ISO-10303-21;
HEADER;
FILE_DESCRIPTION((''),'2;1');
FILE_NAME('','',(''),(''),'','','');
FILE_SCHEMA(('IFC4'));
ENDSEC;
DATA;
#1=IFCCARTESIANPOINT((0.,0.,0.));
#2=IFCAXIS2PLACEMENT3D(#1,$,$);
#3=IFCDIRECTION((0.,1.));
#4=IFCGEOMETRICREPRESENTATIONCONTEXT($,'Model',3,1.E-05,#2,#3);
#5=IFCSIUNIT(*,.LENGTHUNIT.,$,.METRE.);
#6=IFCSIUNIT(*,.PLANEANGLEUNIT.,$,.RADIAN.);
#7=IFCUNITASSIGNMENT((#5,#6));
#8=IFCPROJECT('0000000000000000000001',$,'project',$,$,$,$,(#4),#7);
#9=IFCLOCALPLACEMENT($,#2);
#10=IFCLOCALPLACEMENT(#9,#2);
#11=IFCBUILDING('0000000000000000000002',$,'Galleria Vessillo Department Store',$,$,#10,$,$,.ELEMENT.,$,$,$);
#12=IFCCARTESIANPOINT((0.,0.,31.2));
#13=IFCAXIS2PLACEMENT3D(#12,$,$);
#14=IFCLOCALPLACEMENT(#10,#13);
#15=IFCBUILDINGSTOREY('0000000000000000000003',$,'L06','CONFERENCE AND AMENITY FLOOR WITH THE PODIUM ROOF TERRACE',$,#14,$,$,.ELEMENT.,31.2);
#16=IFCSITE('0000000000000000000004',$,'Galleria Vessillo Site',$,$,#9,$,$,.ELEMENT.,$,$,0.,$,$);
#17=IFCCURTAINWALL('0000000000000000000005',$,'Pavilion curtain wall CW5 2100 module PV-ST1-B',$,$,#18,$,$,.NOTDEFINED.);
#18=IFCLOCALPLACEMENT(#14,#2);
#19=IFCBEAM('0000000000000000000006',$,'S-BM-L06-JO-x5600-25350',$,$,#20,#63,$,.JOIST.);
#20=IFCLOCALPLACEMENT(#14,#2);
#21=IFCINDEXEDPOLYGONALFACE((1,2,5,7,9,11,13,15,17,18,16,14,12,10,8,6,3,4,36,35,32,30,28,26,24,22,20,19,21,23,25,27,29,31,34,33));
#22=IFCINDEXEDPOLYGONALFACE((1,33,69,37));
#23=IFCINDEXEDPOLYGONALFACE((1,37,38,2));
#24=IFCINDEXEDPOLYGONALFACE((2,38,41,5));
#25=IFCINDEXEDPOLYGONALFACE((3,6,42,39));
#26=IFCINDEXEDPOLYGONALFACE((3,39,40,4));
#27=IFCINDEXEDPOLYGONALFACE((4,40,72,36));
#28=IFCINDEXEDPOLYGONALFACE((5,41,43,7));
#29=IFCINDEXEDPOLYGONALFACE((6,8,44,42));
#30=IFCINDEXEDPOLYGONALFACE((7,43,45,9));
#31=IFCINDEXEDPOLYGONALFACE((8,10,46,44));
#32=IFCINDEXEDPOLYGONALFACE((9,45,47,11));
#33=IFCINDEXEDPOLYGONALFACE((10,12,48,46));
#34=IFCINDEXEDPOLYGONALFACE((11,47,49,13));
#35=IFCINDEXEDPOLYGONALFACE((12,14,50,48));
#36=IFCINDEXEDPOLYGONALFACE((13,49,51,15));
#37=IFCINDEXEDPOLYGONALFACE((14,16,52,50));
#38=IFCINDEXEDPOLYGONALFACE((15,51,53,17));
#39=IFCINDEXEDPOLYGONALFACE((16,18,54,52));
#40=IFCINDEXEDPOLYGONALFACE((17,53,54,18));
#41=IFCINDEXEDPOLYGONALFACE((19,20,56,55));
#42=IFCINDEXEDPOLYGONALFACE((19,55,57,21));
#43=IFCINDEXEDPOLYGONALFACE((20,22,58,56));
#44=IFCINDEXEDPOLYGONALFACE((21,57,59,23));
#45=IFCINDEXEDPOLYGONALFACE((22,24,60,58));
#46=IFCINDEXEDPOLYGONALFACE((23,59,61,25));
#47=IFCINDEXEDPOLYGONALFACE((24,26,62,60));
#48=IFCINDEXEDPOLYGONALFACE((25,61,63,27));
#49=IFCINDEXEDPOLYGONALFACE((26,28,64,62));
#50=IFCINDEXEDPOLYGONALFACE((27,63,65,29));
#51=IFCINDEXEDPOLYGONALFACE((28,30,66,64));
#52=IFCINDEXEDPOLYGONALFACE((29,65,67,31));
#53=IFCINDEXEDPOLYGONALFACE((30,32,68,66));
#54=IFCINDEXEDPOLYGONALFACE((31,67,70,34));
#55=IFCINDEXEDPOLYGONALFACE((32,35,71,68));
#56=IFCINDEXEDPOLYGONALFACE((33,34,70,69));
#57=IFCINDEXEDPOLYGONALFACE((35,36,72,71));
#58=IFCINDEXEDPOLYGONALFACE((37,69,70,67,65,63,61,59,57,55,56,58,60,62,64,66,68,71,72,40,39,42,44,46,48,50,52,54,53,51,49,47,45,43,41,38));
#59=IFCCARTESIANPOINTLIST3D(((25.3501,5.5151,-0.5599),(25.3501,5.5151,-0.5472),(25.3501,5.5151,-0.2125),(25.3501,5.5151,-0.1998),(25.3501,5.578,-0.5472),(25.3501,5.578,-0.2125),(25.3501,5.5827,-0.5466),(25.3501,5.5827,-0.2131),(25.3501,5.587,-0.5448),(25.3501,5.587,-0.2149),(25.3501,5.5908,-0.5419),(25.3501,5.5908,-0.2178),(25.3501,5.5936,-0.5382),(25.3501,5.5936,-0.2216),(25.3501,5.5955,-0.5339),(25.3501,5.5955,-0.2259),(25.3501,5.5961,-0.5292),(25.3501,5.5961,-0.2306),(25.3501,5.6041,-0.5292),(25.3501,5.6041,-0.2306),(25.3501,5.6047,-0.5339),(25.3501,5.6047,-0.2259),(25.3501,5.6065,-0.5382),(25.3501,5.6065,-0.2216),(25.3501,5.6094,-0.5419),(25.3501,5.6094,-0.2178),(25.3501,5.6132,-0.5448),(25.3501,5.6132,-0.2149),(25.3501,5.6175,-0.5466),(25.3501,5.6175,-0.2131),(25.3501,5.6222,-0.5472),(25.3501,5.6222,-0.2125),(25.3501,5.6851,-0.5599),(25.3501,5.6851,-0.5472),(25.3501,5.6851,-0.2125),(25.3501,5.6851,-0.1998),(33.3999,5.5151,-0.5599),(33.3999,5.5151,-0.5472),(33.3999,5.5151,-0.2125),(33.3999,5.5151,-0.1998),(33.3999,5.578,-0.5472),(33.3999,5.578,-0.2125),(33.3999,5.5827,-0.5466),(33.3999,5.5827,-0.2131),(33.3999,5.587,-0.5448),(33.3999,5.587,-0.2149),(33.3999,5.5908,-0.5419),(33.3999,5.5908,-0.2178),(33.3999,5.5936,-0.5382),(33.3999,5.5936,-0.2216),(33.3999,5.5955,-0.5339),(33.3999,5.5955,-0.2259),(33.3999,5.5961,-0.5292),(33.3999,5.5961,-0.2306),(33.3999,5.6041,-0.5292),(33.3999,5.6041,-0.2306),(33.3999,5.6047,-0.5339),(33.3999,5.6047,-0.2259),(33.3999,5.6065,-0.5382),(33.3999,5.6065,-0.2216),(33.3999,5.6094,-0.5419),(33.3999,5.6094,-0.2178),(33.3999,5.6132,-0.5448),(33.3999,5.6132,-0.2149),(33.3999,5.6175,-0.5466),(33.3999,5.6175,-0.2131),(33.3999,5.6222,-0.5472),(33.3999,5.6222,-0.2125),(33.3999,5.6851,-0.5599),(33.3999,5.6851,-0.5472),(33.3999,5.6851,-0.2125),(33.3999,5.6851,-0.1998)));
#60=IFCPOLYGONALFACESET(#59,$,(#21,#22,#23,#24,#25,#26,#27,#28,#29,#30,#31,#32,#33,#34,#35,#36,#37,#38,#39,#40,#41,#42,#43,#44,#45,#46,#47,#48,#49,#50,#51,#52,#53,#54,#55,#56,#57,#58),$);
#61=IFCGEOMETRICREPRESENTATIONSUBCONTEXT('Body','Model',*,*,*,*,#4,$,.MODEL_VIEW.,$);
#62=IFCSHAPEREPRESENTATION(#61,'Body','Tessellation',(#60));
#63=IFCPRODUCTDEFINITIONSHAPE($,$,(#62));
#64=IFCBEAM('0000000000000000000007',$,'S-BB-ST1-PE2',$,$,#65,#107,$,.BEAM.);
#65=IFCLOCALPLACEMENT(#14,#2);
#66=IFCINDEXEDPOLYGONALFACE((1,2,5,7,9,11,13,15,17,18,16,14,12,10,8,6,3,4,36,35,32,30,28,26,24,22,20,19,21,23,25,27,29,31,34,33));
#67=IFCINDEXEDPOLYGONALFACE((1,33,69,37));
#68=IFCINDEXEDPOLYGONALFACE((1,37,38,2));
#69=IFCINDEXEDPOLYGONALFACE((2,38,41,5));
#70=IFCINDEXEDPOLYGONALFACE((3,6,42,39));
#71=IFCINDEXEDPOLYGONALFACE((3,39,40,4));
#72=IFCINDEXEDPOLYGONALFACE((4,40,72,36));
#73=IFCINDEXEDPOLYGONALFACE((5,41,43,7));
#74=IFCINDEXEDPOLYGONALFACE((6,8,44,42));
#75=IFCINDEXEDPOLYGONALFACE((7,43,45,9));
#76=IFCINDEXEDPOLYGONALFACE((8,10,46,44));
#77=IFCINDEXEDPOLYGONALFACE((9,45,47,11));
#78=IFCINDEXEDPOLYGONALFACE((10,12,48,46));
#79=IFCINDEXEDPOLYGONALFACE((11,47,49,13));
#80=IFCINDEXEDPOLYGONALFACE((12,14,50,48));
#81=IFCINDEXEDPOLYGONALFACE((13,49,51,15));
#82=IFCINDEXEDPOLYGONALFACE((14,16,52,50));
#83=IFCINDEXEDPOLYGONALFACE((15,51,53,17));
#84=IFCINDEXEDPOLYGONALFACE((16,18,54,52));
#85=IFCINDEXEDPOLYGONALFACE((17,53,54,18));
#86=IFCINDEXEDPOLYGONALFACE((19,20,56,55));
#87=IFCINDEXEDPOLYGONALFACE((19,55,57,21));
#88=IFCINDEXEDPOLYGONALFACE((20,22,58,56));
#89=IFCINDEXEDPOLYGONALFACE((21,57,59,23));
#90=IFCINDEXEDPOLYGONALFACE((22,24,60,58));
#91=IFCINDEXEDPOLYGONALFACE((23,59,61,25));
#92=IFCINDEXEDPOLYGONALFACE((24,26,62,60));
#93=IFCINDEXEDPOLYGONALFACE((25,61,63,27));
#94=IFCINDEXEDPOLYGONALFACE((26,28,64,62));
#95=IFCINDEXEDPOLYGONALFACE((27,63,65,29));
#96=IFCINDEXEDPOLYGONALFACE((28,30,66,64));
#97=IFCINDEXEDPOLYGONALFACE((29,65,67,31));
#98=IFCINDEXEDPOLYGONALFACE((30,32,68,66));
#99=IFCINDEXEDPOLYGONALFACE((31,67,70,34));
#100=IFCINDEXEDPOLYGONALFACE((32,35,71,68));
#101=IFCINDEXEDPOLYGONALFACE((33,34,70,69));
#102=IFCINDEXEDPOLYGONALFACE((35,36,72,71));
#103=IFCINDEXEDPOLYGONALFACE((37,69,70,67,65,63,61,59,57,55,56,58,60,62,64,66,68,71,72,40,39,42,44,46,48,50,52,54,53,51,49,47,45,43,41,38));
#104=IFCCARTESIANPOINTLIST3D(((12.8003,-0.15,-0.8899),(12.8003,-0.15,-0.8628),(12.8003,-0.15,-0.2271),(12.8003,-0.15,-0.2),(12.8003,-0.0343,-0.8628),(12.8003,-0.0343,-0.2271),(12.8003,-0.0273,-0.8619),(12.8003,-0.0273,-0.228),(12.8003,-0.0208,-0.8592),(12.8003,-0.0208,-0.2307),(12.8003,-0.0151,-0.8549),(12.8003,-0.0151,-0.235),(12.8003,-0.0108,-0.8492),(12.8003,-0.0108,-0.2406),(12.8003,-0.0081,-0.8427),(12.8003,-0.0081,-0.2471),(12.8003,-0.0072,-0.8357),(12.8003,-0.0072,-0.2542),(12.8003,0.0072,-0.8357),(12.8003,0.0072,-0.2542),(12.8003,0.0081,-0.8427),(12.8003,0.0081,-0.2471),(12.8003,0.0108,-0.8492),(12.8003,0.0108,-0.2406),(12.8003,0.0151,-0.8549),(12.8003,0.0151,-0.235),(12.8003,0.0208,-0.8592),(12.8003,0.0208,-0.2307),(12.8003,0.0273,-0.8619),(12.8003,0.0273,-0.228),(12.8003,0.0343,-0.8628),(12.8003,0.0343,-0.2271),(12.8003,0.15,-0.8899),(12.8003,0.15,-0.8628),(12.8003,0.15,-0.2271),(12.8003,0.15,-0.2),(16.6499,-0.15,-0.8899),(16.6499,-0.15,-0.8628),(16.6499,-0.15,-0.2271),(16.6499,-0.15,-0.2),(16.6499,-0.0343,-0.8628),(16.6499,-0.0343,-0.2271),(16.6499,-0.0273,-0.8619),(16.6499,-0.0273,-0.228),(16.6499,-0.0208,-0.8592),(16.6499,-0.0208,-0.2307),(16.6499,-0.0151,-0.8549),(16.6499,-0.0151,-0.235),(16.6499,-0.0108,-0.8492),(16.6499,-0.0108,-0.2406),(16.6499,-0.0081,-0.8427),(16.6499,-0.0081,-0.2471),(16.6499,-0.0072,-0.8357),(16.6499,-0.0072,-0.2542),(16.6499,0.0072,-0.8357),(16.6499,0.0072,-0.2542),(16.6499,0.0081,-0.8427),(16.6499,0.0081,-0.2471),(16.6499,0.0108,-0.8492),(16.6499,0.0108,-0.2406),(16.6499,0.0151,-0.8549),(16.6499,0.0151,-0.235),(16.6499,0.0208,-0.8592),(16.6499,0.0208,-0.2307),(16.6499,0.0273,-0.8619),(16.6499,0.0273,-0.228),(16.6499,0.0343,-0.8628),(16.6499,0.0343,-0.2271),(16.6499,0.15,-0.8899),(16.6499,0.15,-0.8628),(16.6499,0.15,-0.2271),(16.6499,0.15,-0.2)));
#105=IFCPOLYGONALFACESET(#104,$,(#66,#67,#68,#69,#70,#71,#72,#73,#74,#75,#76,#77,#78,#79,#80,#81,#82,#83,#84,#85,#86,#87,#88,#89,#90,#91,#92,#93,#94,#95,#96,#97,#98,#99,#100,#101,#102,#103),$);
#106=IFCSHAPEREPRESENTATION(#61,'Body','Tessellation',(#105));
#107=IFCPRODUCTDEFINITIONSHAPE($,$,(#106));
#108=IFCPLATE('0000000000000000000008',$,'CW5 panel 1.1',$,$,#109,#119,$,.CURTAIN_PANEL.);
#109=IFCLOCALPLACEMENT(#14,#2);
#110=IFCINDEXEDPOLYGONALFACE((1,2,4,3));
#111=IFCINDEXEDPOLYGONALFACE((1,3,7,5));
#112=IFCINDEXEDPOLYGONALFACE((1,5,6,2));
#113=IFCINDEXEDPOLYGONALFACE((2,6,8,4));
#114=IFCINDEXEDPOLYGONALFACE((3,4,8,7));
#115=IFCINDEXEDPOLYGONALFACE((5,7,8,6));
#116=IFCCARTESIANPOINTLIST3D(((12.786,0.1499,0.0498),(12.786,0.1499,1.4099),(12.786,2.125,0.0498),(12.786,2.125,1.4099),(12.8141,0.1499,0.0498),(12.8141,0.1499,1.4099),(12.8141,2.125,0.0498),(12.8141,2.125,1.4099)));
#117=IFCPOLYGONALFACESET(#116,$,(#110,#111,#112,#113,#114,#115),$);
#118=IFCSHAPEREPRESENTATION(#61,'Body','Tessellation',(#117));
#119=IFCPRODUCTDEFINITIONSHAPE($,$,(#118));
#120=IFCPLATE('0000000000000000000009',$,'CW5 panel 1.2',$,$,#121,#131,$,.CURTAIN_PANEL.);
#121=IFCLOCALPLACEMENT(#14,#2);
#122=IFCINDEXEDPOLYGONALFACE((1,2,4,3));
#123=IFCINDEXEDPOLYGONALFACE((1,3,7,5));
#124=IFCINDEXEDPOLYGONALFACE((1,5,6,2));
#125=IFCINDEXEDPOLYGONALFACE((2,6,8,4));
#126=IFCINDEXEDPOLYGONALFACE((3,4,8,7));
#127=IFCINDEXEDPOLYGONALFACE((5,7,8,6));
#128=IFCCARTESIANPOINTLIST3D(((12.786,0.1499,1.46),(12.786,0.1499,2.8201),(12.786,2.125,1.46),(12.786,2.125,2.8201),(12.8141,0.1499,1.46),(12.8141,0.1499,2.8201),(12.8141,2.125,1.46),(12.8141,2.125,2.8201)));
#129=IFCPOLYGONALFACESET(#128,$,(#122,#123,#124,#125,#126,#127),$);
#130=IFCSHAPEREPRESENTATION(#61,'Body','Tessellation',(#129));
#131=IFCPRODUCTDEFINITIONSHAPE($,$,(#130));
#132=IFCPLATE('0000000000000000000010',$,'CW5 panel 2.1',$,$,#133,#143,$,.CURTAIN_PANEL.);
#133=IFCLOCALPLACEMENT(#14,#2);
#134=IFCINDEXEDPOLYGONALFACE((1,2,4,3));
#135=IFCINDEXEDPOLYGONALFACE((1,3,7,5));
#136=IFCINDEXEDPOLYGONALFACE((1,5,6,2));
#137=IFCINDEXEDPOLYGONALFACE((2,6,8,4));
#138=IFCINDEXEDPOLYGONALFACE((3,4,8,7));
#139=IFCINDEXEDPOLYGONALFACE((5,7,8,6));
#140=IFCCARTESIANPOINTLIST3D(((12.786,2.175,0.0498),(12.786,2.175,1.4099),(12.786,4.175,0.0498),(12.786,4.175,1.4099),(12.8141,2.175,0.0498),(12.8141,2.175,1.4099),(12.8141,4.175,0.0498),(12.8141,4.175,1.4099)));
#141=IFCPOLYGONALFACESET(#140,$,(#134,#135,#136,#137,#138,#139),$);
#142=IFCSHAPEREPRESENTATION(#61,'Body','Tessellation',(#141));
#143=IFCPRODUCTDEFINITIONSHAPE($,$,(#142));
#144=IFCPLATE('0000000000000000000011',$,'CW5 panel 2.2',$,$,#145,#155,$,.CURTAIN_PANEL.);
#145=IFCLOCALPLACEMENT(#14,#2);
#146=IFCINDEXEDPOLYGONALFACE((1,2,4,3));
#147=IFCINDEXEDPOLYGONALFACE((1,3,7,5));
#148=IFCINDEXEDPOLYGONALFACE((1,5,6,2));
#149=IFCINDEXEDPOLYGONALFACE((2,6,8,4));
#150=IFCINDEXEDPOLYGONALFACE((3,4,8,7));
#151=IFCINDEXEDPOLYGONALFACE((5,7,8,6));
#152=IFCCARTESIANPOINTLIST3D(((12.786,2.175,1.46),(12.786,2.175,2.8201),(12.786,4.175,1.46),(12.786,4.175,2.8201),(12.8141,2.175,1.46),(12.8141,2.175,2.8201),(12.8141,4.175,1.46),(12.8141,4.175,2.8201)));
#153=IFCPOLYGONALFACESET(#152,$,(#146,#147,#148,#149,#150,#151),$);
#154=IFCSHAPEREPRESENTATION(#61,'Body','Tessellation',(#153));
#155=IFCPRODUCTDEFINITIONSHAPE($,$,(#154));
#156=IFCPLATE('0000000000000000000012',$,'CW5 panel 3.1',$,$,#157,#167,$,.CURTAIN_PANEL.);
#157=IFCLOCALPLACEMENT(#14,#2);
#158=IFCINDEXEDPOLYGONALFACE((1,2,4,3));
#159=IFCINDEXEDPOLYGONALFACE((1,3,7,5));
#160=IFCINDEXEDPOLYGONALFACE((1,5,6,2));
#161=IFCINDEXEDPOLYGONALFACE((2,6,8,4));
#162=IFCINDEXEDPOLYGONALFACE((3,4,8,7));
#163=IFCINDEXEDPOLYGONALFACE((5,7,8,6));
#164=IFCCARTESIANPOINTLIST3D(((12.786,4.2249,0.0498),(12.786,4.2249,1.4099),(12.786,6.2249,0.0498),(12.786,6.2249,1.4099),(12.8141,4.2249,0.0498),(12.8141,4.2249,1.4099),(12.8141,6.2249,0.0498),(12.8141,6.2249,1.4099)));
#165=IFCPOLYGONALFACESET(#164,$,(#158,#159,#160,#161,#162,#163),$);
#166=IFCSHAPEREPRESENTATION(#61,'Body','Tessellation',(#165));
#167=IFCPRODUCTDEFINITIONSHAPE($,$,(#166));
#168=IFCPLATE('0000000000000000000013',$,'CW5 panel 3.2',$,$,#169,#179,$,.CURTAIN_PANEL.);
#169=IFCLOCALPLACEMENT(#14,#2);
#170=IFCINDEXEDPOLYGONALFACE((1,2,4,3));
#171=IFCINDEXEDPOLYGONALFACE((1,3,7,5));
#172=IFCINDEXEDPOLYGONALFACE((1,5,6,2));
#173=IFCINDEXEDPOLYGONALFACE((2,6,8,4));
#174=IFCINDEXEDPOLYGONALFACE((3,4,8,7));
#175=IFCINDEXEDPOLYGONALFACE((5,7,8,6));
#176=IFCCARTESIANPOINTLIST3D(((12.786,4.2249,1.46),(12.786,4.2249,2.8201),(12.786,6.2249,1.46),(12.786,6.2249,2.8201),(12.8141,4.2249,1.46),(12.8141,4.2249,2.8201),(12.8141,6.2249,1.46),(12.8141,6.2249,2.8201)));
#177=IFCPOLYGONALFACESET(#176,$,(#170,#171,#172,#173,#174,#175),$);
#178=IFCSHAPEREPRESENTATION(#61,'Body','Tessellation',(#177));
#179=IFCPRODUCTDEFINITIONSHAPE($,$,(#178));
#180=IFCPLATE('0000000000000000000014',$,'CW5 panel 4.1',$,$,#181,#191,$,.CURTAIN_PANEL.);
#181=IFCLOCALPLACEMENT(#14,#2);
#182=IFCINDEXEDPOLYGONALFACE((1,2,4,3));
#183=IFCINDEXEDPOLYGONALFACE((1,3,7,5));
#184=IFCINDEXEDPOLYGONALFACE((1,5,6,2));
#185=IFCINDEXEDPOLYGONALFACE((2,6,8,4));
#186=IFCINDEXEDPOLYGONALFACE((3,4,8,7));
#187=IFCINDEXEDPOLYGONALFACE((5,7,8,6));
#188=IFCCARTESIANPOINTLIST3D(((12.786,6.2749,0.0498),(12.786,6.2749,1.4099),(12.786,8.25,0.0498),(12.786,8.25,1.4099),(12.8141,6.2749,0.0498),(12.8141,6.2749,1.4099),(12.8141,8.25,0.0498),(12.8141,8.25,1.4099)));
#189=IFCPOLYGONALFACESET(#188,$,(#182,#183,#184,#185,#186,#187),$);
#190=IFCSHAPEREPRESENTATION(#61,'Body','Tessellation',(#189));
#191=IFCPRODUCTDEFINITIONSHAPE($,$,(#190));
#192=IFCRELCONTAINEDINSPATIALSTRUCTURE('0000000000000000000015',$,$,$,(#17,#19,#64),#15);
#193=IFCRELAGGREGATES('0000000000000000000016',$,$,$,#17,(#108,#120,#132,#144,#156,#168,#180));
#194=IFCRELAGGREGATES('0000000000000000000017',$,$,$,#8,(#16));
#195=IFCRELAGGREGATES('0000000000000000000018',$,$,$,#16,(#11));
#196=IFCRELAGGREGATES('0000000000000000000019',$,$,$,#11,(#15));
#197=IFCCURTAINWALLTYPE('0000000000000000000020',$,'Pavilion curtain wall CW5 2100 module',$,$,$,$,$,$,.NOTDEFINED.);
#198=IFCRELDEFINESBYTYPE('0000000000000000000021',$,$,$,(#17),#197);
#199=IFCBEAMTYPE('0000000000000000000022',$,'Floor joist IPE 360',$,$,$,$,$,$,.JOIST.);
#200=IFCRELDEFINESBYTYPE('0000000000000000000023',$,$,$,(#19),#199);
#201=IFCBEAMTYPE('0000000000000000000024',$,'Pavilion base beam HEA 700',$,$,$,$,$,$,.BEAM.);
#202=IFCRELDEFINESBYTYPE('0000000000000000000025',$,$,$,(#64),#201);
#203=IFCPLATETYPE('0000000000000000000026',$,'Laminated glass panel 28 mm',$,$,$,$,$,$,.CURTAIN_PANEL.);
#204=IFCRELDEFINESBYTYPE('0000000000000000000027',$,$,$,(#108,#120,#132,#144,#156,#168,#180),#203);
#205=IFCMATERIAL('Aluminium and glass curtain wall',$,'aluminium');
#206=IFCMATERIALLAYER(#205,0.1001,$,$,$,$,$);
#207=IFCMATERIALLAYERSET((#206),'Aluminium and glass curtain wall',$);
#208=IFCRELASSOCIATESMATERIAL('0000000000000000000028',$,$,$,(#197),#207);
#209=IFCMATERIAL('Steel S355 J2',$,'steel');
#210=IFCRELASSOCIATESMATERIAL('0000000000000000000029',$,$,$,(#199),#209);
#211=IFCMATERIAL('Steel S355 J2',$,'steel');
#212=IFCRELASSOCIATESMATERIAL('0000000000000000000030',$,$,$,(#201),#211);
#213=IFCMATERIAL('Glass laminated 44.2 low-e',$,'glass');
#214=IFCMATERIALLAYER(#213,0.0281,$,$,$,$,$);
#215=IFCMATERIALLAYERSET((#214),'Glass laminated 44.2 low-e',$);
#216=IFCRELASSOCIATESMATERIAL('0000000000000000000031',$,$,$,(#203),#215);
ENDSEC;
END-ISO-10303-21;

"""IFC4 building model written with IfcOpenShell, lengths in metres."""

from ifc_helpers import new_model, si_unit, direction, frame, origin, origin_2d, place, context, subcontext, project, spatial, rectangle, i_section, extrude, material, layer, layer_set, material_profile, profile_set, type_object, element, aggregate, save


model = new_model("IFC4")

# Units and contexts
model_context = context("Model", 3, precision=1e-05, world=origin(), true_north=direction((0.0, 1.0)))
body_context = subcontext(model_context, "Body", "Model", "MODEL_VIEW")
ifc_project = project(units=[si_unit("LENGTHUNIT", "METRE"), si_unit("PLANEANGLEUNIT", "RADIAN")], contexts=[model_context])

# Site, building, storey
site_placement = place(None, origin())
site = spatial("IfcSite", under=ifc_project, at=site_placement, Name="Galleria Vessillo Site", CompositionType="ELEMENT", RefElevation=0.0)
building_placement = place(site_placement, origin())
building = spatial("IfcBuilding", under=site, at=building_placement, Name="Galleria Vessillo Department Store", CompositionType="ELEMENT")
storey_placement = place(building_placement, frame((0.0, 0.0, 31.2)))
storey = spatial("IfcBuildingStorey", under=building, at=storey_placement, Name="L06", Description="CONFERENCE AND AMENITY FLOOR WITH THE PODIUM ROOF TERRACE", CompositionType="ELEMENT", Elevation=31.2)

# Curtain wall
ifc_material_1 = material(Name="Aluminium and glass curtain wall", Category="aluminium")
ifc_layer_1 = layer(ifc_material_1, 0.1001)
ifc_layer_set_1 = layer_set([ifc_layer_1], Name="Aluminium and glass curtain wall")
curtain_wall_type = type_object("IfcCurtainWallType", Name="Pavilion curtain wall CW5 2100 module", PredefinedType="NOTDEFINED", material=ifc_layer_set_1)
curtain_wall_placement = place(storey_placement, origin())
curtain_wall = element("IfcCurtainWall", 1, at=curtain_wall_placement, inside=storey, type_object=curtain_wall_type, Name="Pavilion curtain wall CW5 2100 module PV-ST1-B", PredefinedType="NOTDEFINED")

# Beams
ifc_material_2 = material(Name="Steel S355 J2", Category="steel")
ifc_material_profile_1 = material_profile(ifc_material_2, i_section(OverallWidth=0.1699, OverallDepth=0.3601, WebThickness=0.0081, FlangeThickness=0.0127, FilletRadius=0.0181, at=origin_2d()), Name="IPE 360")
ifc_profile_set_1 = profile_set([ifc_material_profile_1], Name="Steel S355 J2")
beam_type_1 = type_object("IfcBeamType", Name="Floor joist IPE 360", PredefinedType="JOIST", material=ifc_profile_set_1)
for number, where, z_axis, x_axis, name in (
    (2, (25.3501, 5.6001, -0.3799), (1.0, 0.0, 0.0), (0.0, 1.0, 0.0), "S-BM-L06-JO-x5600-25350"),
):
    element("IfcBeam", number, at=place(storey_placement, frame(where, z_axis=z_axis, x_axis=x_axis)), inside=storey, type_object=beam_type_1, Name=name, PredefinedType="JOIST", context=body_context, shape_type="SweptSolid", body=[
        extrude(i_section(OverallWidth=0.1699, OverallDepth=0.3601, WebThickness=0.0081, FlangeThickness=0.0127, FilletRadius=0.0181, at=origin_2d()), origin(), (0.0, 0.0, 1.0), 8.0498),
    ])
ifc_material_3 = material(Name="Steel S355 J2", Category="steel")
ifc_material_profile_2 = material_profile(ifc_material_3, i_section(OverallWidth=0.3, OverallDepth=0.6899, WebThickness=0.0144, FlangeThickness=0.0271, FilletRadius=0.0271, at=origin_2d()), Name="HEA 700")
ifc_profile_set_2 = profile_set([ifc_material_profile_2], Name="Steel S355 J2")
beam_type_2 = type_object("IfcBeamType", Name="Pavilion base beam HEA 700", PredefinedType="BEAM", material=ifc_profile_set_2)
beam_1_placement = place(storey_placement, frame((12.8003, 0.0, -0.5449), z_axis=(1.0, 0.0, 0.0), x_axis=(0.0, 1.0, 0.0)))
element("IfcBeam", 3, at=beam_1_placement, inside=storey, type_object=beam_type_2, Name="S-BB-ST1-PE2", PredefinedType="BEAM", context=body_context, shape_type="SweptSolid", body=[
    extrude(i_section(OverallWidth=0.3, OverallDepth=0.6899, WebThickness=0.0144, FlangeThickness=0.0271, FilletRadius=0.0271, at=origin_2d()), origin(), (0.0, 0.0, 1.0), 3.8496),
])

# Plates
ifc_material_4 = material(Name="Glass laminated 44.2 low-e", Category="glass")
ifc_layer_2 = layer(ifc_material_4, 0.0281)
ifc_layer_set_2 = layer_set([ifc_layer_2], Name="Glass laminated 44.2 low-e")
plate_type = type_object("IfcPlateType", Name="Laminated glass panel 28 mm", PredefinedType="CURTAIN_PANEL", material=ifc_layer_set_2)
plate_1_placement = place(storey_placement, frame((12.8, 1.1375, 0.0498), z_axis=(0.0, 0.0, 1.0), x_axis=(0.0, 1.0, 0.0)))
plate_1 = element("IfcPlate", 4, at=plate_1_placement, type_object=plate_type, Name="CW5 panel 1.1", PredefinedType="CURTAIN_PANEL", context=body_context, shape_type="SweptSolid", body=[
    extrude(rectangle(XDim=1.9751, YDim=0.0281, at=origin_2d()), origin(), (0.0, 0.0, 1.0), 1.3601),
])
plate_2_placement = place(storey_placement, frame((12.8, 1.1375, 1.46), z_axis=(0.0, 0.0, 1.0), x_axis=(0.0, 1.0, 0.0)))
plate_2 = element("IfcPlate", 5, at=plate_2_placement, type_object=plate_type, Name="CW5 panel 1.2", PredefinedType="CURTAIN_PANEL", context=body_context, shape_type="SweptSolid", body=[
    extrude(rectangle(XDim=1.9751, YDim=0.0281, at=origin_2d()), origin(), (0.0, 0.0, 1.0), 1.3601),
])
plate_3_placement = place(storey_placement, frame((12.8, 3.175, 0.0498), z_axis=(0.0, 0.0, 1.0), x_axis=(0.0, 1.0, 0.0)))
plate_3 = element("IfcPlate", 6, at=plate_3_placement, type_object=plate_type, Name="CW5 panel 2.1", PredefinedType="CURTAIN_PANEL", context=body_context, shape_type="SweptSolid", body=[
    extrude(rectangle(XDim=2.0, YDim=0.0281, at=origin_2d()), origin(), (0.0, 0.0, 1.0), 1.3601),
])
plate_4_placement = place(storey_placement, frame((12.8, 3.175, 1.46), z_axis=(0.0, 0.0, 1.0), x_axis=(0.0, 1.0, 0.0)))
plate_4 = element("IfcPlate", 7, at=plate_4_placement, type_object=plate_type, Name="CW5 panel 2.2", PredefinedType="CURTAIN_PANEL", context=body_context, shape_type="SweptSolid", body=[
    extrude(rectangle(XDim=2.0, YDim=0.0281, at=origin_2d()), origin(), (0.0, 0.0, 1.0), 1.3601),
])
plate_5_placement = place(storey_placement, frame((12.8, 5.2249, 0.0498), z_axis=(0.0, 0.0, 1.0), x_axis=(0.0, 1.0, 0.0)))
plate_5 = element("IfcPlate", 8, at=plate_5_placement, type_object=plate_type, Name="CW5 panel 3.1", PredefinedType="CURTAIN_PANEL", context=body_context, shape_type="SweptSolid", body=[
    extrude(rectangle(XDim=2.0, YDim=0.0281, at=origin_2d()), origin(), (0.0, 0.0, 1.0), 1.3601),
])
plate_6_placement = place(storey_placement, frame((12.8, 5.2249, 1.46), z_axis=(0.0, 0.0, 1.0), x_axis=(0.0, 1.0, 0.0)))
plate_6 = element("IfcPlate", 9, at=plate_6_placement, type_object=plate_type, Name="CW5 panel 3.2", PredefinedType="CURTAIN_PANEL", context=body_context, shape_type="SweptSolid", body=[
    extrude(rectangle(XDim=2.0, YDim=0.0281, at=origin_2d()), origin(), (0.0, 0.0, 1.0), 1.3601),
])
plate_7_placement = place(storey_placement, frame((12.8, 7.2625, 0.0498), z_axis=(0.0, 0.0, 1.0), x_axis=(0.0, 1.0, 0.0)))
plate_7 = element("IfcPlate", 10, at=plate_7_placement, type_object=plate_type, Name="CW5 panel 4.1", PredefinedType="CURTAIN_PANEL", context=body_context, shape_type="SweptSolid", body=[
    extrude(rectangle(XDim=1.9751, YDim=0.0281, at=origin_2d()), origin(), (0.0, 0.0, 1.0), 1.3601),
])
aggregate(curtain_wall, [plate_1, plate_2, plate_3, plate_4, plate_5, plate_6, plate_7])

save(model, "model.ifc")
